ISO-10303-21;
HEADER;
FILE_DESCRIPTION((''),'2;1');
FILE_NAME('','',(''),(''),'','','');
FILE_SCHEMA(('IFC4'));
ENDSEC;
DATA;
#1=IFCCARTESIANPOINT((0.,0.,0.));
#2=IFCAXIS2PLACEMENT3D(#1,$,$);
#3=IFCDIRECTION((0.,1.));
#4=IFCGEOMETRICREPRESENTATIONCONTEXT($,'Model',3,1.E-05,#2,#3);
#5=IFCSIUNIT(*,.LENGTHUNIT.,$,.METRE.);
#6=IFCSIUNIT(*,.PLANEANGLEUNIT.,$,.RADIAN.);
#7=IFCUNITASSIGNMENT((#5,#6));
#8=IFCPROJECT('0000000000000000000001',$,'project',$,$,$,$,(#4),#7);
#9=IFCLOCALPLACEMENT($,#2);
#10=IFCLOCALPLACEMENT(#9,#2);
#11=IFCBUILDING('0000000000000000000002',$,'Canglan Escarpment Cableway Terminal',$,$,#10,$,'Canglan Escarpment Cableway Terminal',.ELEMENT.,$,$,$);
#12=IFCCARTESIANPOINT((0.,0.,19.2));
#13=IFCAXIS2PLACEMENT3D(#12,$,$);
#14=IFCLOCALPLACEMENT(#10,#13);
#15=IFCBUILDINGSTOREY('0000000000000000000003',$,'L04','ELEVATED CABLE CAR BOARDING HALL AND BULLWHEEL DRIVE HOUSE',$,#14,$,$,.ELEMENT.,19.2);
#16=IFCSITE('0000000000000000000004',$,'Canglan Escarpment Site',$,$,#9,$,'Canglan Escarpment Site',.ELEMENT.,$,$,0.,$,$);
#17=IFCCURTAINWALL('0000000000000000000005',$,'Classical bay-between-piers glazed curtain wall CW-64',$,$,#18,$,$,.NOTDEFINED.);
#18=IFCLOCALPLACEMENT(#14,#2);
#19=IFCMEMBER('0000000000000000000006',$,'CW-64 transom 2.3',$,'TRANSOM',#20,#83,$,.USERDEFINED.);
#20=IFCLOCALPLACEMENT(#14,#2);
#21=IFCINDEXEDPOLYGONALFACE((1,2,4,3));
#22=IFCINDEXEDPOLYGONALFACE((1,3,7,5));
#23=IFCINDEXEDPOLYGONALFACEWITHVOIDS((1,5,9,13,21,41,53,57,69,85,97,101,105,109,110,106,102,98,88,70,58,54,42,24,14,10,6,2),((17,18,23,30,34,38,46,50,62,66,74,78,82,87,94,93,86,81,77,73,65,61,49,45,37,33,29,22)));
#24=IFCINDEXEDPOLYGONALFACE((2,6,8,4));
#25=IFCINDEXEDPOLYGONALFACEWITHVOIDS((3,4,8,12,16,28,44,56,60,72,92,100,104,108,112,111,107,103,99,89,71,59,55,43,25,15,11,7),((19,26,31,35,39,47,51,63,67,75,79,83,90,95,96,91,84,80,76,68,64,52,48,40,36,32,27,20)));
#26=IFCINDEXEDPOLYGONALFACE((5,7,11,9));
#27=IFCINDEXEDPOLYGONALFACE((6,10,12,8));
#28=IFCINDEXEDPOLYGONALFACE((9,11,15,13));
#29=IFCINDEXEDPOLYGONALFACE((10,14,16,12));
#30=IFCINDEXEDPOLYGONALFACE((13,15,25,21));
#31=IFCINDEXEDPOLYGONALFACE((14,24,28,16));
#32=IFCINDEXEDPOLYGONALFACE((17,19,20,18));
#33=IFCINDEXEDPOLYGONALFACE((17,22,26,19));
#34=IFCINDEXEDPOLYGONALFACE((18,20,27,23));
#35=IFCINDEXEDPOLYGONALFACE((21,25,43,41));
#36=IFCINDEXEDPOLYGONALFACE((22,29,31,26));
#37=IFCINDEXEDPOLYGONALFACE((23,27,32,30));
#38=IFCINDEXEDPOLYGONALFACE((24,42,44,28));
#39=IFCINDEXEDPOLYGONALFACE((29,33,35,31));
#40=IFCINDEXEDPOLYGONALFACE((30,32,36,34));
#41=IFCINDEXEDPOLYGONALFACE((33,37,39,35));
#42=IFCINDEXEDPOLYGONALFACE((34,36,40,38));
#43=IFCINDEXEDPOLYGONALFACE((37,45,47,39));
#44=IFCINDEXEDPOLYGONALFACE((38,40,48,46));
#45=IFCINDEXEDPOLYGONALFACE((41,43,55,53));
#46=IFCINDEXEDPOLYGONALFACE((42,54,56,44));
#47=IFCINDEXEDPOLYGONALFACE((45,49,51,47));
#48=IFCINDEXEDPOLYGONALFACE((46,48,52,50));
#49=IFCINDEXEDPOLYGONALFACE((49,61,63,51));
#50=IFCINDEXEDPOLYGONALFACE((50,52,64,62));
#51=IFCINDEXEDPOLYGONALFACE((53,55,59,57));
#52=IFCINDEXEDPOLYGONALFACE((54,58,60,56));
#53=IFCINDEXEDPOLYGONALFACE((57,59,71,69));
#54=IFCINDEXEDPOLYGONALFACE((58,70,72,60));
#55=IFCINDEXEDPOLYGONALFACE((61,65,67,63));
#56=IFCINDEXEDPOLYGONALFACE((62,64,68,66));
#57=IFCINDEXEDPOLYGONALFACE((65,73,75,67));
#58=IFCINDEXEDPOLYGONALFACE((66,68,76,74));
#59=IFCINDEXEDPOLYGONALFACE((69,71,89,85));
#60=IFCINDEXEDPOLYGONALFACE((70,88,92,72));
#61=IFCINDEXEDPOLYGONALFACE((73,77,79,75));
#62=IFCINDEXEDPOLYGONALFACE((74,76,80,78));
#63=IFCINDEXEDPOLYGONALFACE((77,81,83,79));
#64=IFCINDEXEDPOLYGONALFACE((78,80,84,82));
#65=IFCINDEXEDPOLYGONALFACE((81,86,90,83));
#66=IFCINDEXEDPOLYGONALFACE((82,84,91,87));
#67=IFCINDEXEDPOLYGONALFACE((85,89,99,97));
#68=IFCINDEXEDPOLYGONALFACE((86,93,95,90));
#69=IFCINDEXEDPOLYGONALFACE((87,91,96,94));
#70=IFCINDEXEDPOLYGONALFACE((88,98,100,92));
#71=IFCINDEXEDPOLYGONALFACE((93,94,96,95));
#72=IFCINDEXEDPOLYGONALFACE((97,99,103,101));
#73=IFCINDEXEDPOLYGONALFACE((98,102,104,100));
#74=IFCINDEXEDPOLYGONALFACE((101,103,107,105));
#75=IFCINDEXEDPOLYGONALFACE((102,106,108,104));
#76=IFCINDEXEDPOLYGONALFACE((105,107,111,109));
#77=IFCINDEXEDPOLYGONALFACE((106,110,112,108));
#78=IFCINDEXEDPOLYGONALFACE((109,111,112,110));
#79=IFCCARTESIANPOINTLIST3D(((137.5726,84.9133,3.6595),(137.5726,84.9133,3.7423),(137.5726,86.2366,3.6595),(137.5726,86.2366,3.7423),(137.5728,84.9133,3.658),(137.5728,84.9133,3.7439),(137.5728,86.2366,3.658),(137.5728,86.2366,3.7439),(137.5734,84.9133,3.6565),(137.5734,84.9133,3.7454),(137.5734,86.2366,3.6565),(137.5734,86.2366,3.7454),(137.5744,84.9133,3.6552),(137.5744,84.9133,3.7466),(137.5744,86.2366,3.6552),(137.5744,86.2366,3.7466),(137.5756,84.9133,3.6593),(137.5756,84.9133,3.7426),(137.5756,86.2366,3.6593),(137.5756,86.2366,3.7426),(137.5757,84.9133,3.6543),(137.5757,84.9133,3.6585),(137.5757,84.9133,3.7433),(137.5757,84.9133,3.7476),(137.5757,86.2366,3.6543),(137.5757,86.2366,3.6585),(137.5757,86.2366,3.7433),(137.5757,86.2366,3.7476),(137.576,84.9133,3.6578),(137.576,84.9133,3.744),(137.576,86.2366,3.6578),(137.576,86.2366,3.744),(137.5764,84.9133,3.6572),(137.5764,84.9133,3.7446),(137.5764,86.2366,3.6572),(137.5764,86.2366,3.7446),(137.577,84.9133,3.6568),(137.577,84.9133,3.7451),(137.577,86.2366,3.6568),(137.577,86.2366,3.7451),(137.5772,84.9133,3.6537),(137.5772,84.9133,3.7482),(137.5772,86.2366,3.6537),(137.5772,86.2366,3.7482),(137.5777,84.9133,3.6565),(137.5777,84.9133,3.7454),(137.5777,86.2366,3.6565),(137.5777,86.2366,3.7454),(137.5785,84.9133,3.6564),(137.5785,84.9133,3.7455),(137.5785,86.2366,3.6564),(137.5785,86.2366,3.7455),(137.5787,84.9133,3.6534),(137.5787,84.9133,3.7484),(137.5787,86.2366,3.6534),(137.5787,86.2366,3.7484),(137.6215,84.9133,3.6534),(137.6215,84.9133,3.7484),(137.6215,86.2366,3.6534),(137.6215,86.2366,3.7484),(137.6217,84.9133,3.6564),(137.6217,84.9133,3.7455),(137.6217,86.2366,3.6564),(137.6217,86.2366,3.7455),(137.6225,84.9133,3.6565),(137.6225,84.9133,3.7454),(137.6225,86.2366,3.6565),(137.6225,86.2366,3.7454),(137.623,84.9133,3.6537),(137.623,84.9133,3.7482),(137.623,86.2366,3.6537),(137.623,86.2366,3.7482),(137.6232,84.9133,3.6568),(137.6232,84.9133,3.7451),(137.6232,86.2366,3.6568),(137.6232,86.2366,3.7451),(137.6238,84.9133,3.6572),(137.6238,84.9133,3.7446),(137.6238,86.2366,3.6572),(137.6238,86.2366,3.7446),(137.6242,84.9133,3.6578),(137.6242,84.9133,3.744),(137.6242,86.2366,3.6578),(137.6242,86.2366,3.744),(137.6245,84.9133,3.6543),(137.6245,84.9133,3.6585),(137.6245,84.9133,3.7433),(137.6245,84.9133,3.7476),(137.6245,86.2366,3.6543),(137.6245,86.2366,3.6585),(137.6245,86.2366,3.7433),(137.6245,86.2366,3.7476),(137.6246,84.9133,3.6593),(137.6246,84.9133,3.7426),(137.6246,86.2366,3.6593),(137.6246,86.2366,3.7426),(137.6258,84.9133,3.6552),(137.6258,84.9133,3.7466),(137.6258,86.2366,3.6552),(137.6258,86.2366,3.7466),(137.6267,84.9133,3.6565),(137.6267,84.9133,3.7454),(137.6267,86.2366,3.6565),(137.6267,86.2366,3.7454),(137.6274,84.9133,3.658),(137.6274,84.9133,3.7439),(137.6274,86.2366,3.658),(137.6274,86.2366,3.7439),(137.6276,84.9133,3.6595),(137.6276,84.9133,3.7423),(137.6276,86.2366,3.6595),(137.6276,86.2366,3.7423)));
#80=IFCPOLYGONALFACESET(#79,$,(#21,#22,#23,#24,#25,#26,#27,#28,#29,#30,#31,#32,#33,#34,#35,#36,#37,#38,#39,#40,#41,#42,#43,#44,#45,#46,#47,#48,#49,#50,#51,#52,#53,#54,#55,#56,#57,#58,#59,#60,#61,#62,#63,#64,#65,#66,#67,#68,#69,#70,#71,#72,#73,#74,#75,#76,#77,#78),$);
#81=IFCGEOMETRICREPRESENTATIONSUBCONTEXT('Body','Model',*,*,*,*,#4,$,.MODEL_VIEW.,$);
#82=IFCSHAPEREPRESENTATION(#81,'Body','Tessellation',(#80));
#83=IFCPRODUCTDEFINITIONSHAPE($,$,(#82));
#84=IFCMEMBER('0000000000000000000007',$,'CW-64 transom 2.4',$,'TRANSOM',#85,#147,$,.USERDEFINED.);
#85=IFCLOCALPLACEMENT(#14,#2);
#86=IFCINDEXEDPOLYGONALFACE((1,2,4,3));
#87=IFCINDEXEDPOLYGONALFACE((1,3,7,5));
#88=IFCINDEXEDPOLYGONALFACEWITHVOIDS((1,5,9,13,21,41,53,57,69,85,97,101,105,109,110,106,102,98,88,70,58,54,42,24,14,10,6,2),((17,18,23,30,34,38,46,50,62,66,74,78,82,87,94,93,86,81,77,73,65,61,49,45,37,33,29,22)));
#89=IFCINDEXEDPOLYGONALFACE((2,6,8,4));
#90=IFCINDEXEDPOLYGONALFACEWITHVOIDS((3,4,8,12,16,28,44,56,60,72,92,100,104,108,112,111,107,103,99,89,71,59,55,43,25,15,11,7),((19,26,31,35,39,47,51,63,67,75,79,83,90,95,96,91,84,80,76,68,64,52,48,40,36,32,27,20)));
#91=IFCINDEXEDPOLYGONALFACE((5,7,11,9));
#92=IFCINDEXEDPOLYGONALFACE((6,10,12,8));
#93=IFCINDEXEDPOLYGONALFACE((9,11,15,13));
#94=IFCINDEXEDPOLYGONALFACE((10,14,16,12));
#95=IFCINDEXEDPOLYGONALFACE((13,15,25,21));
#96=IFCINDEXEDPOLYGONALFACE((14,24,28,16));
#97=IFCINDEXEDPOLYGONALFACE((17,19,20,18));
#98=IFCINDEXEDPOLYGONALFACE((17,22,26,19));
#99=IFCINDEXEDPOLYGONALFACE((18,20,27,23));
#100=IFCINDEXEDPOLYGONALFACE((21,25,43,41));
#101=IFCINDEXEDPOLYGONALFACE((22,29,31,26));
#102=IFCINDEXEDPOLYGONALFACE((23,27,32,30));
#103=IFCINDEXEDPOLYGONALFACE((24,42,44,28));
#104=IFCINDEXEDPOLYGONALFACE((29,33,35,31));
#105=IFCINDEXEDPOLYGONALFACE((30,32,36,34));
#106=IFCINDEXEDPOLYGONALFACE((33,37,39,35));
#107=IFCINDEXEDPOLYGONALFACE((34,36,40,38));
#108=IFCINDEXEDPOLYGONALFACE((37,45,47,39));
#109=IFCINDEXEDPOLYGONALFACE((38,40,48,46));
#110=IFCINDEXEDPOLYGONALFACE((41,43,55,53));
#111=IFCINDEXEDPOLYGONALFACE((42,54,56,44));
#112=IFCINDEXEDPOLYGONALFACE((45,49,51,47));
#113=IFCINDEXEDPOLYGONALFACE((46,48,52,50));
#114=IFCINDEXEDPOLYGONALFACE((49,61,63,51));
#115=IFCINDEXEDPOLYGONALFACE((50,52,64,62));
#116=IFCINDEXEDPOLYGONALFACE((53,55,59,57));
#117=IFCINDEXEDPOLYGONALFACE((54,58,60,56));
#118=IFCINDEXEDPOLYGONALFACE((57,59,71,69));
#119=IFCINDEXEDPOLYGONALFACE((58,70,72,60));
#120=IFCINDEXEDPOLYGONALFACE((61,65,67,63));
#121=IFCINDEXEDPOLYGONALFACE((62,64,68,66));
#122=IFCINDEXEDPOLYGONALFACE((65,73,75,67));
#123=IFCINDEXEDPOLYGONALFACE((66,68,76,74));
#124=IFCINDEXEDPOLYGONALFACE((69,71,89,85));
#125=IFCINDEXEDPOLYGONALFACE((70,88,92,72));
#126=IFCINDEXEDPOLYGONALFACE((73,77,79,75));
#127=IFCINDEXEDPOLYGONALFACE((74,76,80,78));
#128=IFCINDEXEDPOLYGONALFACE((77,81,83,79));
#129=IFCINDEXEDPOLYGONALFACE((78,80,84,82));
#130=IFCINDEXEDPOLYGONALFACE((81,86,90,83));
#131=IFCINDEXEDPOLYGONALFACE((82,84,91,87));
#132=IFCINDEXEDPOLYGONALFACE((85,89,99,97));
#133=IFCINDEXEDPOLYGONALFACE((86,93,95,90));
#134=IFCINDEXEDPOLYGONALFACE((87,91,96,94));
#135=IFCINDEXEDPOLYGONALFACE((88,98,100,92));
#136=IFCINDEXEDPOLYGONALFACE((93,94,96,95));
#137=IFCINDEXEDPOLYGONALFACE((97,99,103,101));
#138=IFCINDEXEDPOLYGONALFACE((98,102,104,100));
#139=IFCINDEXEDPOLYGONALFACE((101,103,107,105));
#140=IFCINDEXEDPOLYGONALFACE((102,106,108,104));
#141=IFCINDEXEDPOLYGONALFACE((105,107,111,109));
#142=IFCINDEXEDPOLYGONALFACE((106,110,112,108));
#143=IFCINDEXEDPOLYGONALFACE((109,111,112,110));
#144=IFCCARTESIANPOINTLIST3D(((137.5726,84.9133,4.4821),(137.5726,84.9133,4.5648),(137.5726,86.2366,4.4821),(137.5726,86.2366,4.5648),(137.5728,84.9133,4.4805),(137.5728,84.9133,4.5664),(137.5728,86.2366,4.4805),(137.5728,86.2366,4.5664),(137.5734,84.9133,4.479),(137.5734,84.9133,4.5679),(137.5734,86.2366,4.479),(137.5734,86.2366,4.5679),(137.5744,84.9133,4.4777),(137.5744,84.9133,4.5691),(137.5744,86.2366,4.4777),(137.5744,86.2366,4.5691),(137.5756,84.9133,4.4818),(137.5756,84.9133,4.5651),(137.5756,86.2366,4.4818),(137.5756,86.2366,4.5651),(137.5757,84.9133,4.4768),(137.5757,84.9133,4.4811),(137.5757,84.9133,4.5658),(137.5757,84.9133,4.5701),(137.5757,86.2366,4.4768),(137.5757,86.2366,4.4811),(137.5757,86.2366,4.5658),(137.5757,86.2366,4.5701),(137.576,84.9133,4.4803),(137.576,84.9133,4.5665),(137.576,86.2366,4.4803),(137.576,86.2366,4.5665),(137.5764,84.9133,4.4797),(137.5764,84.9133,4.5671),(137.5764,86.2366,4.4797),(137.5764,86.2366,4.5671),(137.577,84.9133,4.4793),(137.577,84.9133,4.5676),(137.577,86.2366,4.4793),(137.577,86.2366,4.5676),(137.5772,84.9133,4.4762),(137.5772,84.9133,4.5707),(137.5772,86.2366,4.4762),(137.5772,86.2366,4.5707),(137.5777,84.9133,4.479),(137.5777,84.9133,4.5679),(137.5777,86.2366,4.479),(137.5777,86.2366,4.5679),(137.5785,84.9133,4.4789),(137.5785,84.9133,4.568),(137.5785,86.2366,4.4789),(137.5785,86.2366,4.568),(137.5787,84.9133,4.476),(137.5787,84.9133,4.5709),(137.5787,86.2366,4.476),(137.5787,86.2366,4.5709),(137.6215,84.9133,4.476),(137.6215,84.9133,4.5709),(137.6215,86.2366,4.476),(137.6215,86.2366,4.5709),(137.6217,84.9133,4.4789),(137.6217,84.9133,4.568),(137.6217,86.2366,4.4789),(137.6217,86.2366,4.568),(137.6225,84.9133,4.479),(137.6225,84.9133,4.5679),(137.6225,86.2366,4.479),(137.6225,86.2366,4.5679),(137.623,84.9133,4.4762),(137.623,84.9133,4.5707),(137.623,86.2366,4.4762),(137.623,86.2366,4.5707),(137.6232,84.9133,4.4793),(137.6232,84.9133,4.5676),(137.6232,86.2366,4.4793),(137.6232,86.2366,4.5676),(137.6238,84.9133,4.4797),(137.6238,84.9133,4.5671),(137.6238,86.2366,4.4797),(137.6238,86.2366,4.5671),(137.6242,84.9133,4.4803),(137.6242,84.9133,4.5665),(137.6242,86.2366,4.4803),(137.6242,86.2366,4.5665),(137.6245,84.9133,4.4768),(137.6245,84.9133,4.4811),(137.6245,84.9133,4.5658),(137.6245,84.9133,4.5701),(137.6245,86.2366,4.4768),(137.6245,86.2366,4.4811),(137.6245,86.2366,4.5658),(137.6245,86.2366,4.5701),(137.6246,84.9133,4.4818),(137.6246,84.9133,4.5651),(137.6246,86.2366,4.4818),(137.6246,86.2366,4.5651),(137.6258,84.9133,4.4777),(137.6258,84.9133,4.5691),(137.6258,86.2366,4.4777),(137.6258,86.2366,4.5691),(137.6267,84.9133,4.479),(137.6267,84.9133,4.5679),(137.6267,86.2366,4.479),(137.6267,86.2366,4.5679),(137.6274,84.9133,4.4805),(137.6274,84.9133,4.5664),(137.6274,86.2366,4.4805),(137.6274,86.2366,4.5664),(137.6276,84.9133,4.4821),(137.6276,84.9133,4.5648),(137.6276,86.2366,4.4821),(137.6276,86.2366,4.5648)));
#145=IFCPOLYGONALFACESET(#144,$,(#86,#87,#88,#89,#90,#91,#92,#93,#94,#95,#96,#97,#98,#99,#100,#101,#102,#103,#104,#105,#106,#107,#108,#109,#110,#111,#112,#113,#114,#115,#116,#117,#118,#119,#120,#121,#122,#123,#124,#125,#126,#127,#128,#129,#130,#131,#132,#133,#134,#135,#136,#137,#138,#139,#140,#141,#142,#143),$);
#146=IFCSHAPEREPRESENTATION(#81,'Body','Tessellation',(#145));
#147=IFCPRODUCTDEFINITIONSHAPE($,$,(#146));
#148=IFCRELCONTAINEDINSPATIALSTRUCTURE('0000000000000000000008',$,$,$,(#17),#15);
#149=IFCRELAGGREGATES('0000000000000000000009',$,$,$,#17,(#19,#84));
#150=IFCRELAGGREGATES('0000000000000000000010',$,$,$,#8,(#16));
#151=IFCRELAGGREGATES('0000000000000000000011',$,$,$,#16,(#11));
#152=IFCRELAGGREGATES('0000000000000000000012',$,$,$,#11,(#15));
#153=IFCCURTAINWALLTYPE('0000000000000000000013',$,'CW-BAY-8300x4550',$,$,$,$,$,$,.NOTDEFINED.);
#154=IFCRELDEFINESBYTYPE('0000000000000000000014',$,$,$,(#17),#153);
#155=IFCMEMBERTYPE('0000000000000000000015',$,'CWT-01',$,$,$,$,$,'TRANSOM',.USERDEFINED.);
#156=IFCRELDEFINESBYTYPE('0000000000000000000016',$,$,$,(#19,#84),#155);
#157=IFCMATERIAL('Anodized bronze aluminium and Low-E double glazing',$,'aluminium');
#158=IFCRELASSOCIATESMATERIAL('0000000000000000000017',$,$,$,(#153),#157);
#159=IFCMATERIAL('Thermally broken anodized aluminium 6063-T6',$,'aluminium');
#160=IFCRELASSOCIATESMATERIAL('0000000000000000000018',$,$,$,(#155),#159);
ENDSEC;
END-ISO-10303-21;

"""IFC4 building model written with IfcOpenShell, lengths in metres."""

from ifc_helpers import new_model, si_unit, direction, frame, origin, origin_2d, place, context, subcontext, project, spatial, hollow_rectangle, extrude, material, material_profile, profile_set, type_object, element, aggregate, save


model = new_model("IFC4")

# Units and contexts
model_context = context("Model", 3, precision=1e-05, world=origin(), true_north=direction((0.0, 1.0)))
body_context = subcontext(model_context, "Body", "Model", "MODEL_VIEW")
ifc_project = project(units=[si_unit("LENGTHUNIT", "METRE"), si_unit("PLANEANGLEUNIT", "RADIAN")], contexts=[model_context])

# Site, building, storey
site_placement = place(None, origin())
site = spatial("IfcSite", under=ifc_project, at=site_placement, Name="Canglan Escarpment Site", LongName="Canglan Escarpment Site", CompositionType="ELEMENT", RefElevation=0.0)
building_placement = place(site_placement, origin())
building = spatial("IfcBuilding", under=site, at=building_placement, Name="Canglan Escarpment Cableway Terminal", LongName="Canglan Escarpment Cableway Terminal", CompositionType="ELEMENT")
storey_placement = place(building_placement, frame((0.0, 0.0, 19.2)))
storey = spatial("IfcBuildingStorey", under=building, at=storey_placement, Name="L04", Description="ELEVATED CABLE CAR BOARDING HALL AND BULLWHEEL DRIVE HOUSE", CompositionType="ELEMENT", Elevation=19.2)

# Curtain wall, members
ifc_material_1 = material(Name="Anodized bronze aluminium and Low-E double glazing", Category="aluminium")
curtain_wall_type = type_object("IfcCurtainWallType", Name="CW-BAY-8300x4550", PredefinedType="NOTDEFINED", material=ifc_material_1)
curtain_wall_placement = place(storey_placement, origin())
curtain_wall = element("IfcCurtainWall", 1, at=curtain_wall_placement, inside=storey, type_object=curtain_wall_type, Name="Classical bay-between-piers glazed curtain wall CW-64", PredefinedType="NOTDEFINED")
ifc_material_2 = material(Name="Thermally broken anodized aluminium 6063-T6", Category="aluminium")
ifc_material_profile_1 = material_profile(ifc_material_2, hollow_rectangle(XDim=0.0549, YDim=0.095, WallThickness=0.0029, InnerFilletRadius=0.0029, OuterFilletRadius=0.0061, at=origin_2d()), Name="ALU-TRAN 55x95x3")
ifc_profile_set_1 = profile_set([ifc_material_profile_1], Name="Thermally broken anodized aluminium 6063-T6")
member_type_1 = type_object("IfcMemberType", Name="CWT-01", ElementType="TRANSOM", PredefinedType="USERDEFINED", material=ifc_profile_set_1)
member_1_placement = place(storey_placement, frame((137.6001, 86.2366, 3.7009), z_axis=(0.0, -1.0, 0.0), x_axis=(1.0, 0.0, 0.0)))
member_1 = element("IfcMember", 2, at=member_1_placement, type_object=member_type_1, Name="CW-64 transom 2.3", ObjectType="TRANSOM", PredefinedType="USERDEFINED", context=body_context, shape_type="SweptSolid", body=[
    extrude(hollow_rectangle(XDim=0.0549, YDim=0.095, WallThickness=0.0029, InnerFilletRadius=0.0029, OuterFilletRadius=0.0061, at=origin_2d()), origin(), (0.0, 0.0, 1.0), 1.3232),
])
member_2_placement = place(storey_placement, frame((137.6001, 86.2366, 4.5234), z_axis=(0.0, -1.0, 0.0), x_axis=(1.0, 0.0, 0.0)))
member_2 = element("IfcMember", 3, at=member_2_placement, type_object=member_type_1, Name="CW-64 transom 2.4", ObjectType="TRANSOM", PredefinedType="USERDEFINED", context=body_context, shape_type="SweptSolid", body=[
    extrude(hollow_rectangle(XDim=0.0549, YDim=0.095, WallThickness=0.0029, InnerFilletRadius=0.0029, OuterFilletRadius=0.0061, at=origin_2d()), origin(), (0.0, 0.0, 1.0), 1.3232),
])
aggregate(curtain_wall, [member_1, member_2])

save(model, "model.ifc")
